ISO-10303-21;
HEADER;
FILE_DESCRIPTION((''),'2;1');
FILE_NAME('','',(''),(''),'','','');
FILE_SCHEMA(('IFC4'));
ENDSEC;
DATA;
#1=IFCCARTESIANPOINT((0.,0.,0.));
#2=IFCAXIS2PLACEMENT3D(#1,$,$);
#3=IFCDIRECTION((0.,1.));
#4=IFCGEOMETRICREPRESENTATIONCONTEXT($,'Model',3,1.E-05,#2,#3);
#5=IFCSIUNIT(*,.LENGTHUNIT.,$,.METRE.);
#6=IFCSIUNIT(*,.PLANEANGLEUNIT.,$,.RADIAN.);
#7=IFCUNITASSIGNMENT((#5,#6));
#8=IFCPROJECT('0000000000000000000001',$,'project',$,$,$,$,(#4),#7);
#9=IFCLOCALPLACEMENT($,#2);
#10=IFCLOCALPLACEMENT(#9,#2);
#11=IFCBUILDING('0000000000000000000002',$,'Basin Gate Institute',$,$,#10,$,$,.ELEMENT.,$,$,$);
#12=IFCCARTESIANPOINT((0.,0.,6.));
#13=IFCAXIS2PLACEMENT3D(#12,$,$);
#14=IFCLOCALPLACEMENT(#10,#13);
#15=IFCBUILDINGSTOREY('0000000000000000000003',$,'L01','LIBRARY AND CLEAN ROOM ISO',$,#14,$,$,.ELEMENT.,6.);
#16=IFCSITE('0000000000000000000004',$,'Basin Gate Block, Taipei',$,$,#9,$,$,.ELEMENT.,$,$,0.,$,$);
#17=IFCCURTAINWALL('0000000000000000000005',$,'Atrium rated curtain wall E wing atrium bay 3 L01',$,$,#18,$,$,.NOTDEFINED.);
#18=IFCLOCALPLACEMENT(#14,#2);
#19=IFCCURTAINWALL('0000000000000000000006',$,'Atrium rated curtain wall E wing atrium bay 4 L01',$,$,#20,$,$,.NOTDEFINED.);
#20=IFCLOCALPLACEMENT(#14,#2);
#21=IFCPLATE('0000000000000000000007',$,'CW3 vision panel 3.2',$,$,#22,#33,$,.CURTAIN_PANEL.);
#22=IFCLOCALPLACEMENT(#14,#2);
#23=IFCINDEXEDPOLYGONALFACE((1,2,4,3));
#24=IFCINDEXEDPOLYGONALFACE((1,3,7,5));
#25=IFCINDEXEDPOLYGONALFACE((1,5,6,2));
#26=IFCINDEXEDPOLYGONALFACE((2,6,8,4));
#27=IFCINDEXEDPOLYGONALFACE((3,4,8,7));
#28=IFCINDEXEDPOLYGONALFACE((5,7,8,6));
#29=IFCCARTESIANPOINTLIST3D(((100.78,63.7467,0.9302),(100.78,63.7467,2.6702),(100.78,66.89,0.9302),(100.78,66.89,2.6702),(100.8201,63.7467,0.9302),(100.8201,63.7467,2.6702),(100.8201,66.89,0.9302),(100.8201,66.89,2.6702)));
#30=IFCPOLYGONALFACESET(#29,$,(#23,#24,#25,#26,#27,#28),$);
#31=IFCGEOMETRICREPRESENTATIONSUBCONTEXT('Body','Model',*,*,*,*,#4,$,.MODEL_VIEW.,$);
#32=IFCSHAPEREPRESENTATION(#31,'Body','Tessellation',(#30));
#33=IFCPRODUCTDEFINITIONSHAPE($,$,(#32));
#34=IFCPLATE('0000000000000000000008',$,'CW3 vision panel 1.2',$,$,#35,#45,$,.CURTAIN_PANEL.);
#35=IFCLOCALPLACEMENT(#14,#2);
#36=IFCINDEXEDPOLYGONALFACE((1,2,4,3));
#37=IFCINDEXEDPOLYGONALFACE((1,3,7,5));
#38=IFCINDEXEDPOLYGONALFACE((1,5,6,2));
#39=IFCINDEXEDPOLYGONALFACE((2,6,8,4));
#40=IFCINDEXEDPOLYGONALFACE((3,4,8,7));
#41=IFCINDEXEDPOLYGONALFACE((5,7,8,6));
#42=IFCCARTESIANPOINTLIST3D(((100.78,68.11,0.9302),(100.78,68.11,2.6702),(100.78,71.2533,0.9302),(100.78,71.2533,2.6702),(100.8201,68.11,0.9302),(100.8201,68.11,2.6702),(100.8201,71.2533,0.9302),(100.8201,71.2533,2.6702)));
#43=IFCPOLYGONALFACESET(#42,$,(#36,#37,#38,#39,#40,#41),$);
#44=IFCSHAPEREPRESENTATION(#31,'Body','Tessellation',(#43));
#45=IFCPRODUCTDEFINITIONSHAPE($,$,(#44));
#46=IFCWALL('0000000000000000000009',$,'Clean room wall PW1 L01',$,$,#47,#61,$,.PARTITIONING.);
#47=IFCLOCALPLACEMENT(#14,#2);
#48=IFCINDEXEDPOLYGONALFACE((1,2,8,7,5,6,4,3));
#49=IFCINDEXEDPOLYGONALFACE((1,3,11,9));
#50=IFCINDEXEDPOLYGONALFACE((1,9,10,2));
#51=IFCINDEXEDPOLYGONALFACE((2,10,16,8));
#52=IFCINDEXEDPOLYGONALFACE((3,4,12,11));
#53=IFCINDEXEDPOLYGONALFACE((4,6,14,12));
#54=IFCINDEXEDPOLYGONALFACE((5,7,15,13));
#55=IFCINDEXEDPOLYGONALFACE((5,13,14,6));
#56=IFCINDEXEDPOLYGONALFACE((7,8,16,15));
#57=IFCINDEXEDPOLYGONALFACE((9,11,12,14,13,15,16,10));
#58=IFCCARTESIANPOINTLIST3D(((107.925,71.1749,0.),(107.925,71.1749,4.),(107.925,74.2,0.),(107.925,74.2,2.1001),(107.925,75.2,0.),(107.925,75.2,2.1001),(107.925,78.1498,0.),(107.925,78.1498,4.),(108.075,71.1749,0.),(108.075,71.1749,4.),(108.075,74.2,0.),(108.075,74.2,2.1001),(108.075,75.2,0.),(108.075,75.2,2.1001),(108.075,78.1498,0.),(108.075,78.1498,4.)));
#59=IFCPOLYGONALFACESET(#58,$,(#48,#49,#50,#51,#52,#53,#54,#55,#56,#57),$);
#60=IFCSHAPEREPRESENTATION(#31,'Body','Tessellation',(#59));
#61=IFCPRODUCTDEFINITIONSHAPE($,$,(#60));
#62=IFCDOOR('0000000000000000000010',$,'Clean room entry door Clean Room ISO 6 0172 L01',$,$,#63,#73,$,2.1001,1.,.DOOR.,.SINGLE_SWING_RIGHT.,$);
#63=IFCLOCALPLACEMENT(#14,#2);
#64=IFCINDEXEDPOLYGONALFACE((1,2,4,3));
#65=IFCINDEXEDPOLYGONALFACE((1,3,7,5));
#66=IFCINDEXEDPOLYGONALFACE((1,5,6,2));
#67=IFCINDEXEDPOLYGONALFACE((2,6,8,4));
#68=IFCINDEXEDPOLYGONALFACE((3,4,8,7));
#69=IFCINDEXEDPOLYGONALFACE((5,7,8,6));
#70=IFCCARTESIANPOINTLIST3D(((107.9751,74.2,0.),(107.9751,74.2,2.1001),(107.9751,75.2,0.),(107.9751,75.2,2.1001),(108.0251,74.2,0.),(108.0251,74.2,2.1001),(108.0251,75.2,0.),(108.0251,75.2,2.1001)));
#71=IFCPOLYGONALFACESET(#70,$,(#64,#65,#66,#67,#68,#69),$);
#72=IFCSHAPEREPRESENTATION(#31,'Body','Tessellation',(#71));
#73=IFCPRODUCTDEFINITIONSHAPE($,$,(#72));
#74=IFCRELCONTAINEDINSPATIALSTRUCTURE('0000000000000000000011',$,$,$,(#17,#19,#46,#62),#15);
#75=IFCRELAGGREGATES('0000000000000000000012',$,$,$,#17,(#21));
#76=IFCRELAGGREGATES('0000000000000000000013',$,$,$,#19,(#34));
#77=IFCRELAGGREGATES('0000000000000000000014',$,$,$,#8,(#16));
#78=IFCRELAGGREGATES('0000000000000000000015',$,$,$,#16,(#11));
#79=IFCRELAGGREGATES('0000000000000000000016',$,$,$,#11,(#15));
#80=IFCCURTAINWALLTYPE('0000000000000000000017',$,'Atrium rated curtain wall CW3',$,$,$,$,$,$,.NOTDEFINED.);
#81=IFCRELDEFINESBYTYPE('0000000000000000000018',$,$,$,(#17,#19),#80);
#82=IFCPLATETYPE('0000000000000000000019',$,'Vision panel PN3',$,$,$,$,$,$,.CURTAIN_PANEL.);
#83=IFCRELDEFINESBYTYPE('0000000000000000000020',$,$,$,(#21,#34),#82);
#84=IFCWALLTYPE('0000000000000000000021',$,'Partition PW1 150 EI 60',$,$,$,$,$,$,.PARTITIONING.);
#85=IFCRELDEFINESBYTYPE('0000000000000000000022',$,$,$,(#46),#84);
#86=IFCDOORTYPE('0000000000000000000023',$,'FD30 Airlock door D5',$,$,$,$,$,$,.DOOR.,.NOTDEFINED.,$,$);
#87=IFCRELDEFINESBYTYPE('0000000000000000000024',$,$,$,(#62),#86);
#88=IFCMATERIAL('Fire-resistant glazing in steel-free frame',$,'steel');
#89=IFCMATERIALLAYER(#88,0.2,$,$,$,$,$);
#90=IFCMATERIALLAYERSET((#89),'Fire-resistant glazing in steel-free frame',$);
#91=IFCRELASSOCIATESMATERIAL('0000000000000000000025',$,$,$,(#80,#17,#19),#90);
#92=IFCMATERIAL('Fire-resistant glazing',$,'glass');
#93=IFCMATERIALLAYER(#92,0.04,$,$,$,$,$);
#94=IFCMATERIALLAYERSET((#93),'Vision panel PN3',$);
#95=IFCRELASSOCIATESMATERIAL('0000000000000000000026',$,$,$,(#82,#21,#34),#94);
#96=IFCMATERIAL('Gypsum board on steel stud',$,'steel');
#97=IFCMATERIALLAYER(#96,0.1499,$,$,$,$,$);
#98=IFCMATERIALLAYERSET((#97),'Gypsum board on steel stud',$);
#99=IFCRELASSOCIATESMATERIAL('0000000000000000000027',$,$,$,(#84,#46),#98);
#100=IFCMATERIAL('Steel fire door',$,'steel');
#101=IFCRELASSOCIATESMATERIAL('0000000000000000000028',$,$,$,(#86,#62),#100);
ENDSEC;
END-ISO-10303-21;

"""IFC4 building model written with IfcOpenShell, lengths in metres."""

from ifc_helpers import new_model, si_unit, direction, frame, frame_2d, origin, origin_2d, place, context, subcontext, project, spatial, rectangle, extrude, material, layer, layer_set, type_object, element, fill, aggregate, save


model = new_model("IFC4")

# Units and contexts
model_context = context("Model", 3, precision=1e-05, world=origin(), true_north=direction((0.0, 1.0)))
body_context = subcontext(model_context, "Body", "Model", "MODEL_VIEW")
ifc_project = project(units=[si_unit("LENGTHUNIT", "METRE"), si_unit("PLANEANGLEUNIT", "RADIAN")], contexts=[model_context])

# Site, building, storey
site_placement = place(None, origin())
site = spatial("IfcSite", under=ifc_project, at=site_placement, Name="Basin Gate Block, Taipei", CompositionType="ELEMENT", RefElevation=0.0)
building_placement = place(site_placement, origin())
building = spatial("IfcBuilding", under=site, at=building_placement, Name="Basin Gate Institute", CompositionType="ELEMENT")
storey_placement = place(building_placement, frame((0.0, 0.0, 6.0)))
storey = spatial("IfcBuildingStorey", under=building, at=storey_placement, Name="L01", Description="LIBRARY AND CLEAN ROOM ISO", CompositionType="ELEMENT", Elevation=6.0)

# Curtain walls
ifc_material_1 = material(Name="Fire-resistant glazing in steel-free frame", Category="steel")
ifc_layer_1 = layer(ifc_material_1, 0.2)
ifc_layer_set_1 = layer_set([ifc_layer_1], Name="Fire-resistant glazing in steel-free frame")
curtain_wall_type = type_object("IfcCurtainWallType", Name="Atrium rated curtain wall CW3", PredefinedType="NOTDEFINED", material=ifc_layer_set_1)
curtain_wall_1_placement = place(storey_placement, origin())
curtain_wall_1 = element("IfcCurtainWall", 1, at=curtain_wall_1_placement, inside=storey, type_object=curtain_wall_type, material=ifc_layer_set_1, Name="Atrium rated curtain wall E wing atrium bay 3 L01", PredefinedType="NOTDEFINED")
curtain_wall_2_placement = place(storey_placement, origin())
curtain_wall_2 = element("IfcCurtainWall", 2, at=curtain_wall_2_placement, inside=storey, type_object=curtain_wall_type, material=ifc_layer_set_1, Name="Atrium rated curtain wall E wing atrium bay 4 L01", PredefinedType="NOTDEFINED")

# Plates
ifc_material_2 = material(Name="Fire-resistant glazing", Category="glass")
ifc_layer_2 = layer(ifc_material_2, 0.04)
ifc_layer_set_2 = layer_set([ifc_layer_2], Name="Vision panel PN3")
plate_type_1 = type_object("IfcPlateType", Name="Vision panel PN3", PredefinedType="CURTAIN_PANEL", material=ifc_layer_set_2)
plate_1_placement = place(storey_placement, frame((100.8, 65.3184, 0.9302), z_axis=(0.0, 0.0, 1.0), x_axis=(0.0, 1.0, 0.0)))
plate_1 = element("IfcPlate", 3, at=plate_1_placement, type_object=plate_type_1, material=ifc_layer_set_2, Name="CW3 vision panel 3.2", PredefinedType="CURTAIN_PANEL", context=body_context, shape_type="SweptSolid", body=[
    extrude(rectangle(XDim=3.1433, YDim=0.04, at=origin_2d()), origin(), (0.0, 0.0, 1.0), 1.74),
])
aggregate(curtain_wall_1, [plate_1])
plate_2_placement = place(storey_placement, frame((100.8, 69.6816, 0.9302), z_axis=(0.0, 0.0, 1.0), x_axis=(0.0, 1.0, 0.0)))
plate_2 = element("IfcPlate", 4, at=plate_2_placement, type_object=plate_type_1, material=ifc_layer_set_2, Name="CW3 vision panel 1.2", PredefinedType="CURTAIN_PANEL", context=body_context, shape_type="SweptSolid", body=[
    extrude(rectangle(XDim=3.1433, YDim=0.04, at=origin_2d()), origin(), (0.0, 0.0, 1.0), 1.74),
])
aggregate(curtain_wall_2, [plate_2])

# Wall, opening, door
ifc_material_3 = material(Name="Gypsum board on steel stud", Category="steel")
ifc_layer_3 = layer(ifc_material_3, 0.1499)
ifc_layer_set_3 = layer_set([ifc_layer_3], Name="Gypsum board on steel stud")
wall_type = type_object("IfcWallType", Name="Partition PW1 150 EI 60", PredefinedType="PARTITIONING", material=ifc_layer_set_3)
wall_placement = place(storey_placement, frame((108.0, 71.175, 0.0), z_axis=(0.0, 0.0, 1.0), x_axis=(0.0, 1.0, 0.0)))
wall = element("IfcWall", 5, at=wall_placement, inside=storey, type_object=wall_type, material=ifc_layer_set_3, Name="Clean room wall PW1 L01", PredefinedType="PARTITIONING", context=body_context, shape_type="SweptSolid", body=[
    extrude(rectangle(XDim=6.9749, YDim=0.1499, at=frame_2d((3.4873, 0.0))), origin(), (0.0, 0.0, 1.0), 4.0),
])
opening_placement = place(wall_placement, frame((3.0249, 0.0, 0.0)))
opening = element("IfcOpeningElement", 6, at=opening_placement, cuts=wall, PredefinedType="OPENING", context=body_context, shape_type="SweptSolid", body=[
    extrude(rectangle(XDim=1.0, YDim=2.1001, at=frame_2d((0.5, 1.05))), frame((0.0, 0.085, 0.0), z_axis=(0.0, -1.0, 0.0), x_axis=(1.0, 0.0, 0.0)), (0.0, 0.0, 1.0), 0.1699),
])
ifc_material_4 = material(Name="Steel fire door", Category="steel")
door_type = type_object("IfcDoorType", Name="FD30 Airlock door D5", OperationType="NOTDEFINED", PredefinedType="DOOR", material=ifc_material_4)
door_placement = place(opening_placement, origin())
door = element("IfcDoor", 7, at=door_placement, inside=storey, type_object=door_type, material=ifc_material_4, Name="Clean room entry door Clean Room ISO 6 0172 L01", OperationType="SINGLE_SWING_RIGHT", OverallHeight=2.1001, OverallWidth=1.0, PredefinedType="DOOR", context=body_context, shape_type="SweptSolid", body=[
    extrude(rectangle(XDim=1.0, YDim=2.1001, at=frame_2d((0.5, 1.05))), frame((0.0, 0.0249, 0.0), z_axis=(0.0, -1.0, 0.0), x_axis=(1.0, 0.0, 0.0)), (0.0, 0.0, 1.0), 0.05),
])
fill(opening, door)

save(model, "model.ifc")
